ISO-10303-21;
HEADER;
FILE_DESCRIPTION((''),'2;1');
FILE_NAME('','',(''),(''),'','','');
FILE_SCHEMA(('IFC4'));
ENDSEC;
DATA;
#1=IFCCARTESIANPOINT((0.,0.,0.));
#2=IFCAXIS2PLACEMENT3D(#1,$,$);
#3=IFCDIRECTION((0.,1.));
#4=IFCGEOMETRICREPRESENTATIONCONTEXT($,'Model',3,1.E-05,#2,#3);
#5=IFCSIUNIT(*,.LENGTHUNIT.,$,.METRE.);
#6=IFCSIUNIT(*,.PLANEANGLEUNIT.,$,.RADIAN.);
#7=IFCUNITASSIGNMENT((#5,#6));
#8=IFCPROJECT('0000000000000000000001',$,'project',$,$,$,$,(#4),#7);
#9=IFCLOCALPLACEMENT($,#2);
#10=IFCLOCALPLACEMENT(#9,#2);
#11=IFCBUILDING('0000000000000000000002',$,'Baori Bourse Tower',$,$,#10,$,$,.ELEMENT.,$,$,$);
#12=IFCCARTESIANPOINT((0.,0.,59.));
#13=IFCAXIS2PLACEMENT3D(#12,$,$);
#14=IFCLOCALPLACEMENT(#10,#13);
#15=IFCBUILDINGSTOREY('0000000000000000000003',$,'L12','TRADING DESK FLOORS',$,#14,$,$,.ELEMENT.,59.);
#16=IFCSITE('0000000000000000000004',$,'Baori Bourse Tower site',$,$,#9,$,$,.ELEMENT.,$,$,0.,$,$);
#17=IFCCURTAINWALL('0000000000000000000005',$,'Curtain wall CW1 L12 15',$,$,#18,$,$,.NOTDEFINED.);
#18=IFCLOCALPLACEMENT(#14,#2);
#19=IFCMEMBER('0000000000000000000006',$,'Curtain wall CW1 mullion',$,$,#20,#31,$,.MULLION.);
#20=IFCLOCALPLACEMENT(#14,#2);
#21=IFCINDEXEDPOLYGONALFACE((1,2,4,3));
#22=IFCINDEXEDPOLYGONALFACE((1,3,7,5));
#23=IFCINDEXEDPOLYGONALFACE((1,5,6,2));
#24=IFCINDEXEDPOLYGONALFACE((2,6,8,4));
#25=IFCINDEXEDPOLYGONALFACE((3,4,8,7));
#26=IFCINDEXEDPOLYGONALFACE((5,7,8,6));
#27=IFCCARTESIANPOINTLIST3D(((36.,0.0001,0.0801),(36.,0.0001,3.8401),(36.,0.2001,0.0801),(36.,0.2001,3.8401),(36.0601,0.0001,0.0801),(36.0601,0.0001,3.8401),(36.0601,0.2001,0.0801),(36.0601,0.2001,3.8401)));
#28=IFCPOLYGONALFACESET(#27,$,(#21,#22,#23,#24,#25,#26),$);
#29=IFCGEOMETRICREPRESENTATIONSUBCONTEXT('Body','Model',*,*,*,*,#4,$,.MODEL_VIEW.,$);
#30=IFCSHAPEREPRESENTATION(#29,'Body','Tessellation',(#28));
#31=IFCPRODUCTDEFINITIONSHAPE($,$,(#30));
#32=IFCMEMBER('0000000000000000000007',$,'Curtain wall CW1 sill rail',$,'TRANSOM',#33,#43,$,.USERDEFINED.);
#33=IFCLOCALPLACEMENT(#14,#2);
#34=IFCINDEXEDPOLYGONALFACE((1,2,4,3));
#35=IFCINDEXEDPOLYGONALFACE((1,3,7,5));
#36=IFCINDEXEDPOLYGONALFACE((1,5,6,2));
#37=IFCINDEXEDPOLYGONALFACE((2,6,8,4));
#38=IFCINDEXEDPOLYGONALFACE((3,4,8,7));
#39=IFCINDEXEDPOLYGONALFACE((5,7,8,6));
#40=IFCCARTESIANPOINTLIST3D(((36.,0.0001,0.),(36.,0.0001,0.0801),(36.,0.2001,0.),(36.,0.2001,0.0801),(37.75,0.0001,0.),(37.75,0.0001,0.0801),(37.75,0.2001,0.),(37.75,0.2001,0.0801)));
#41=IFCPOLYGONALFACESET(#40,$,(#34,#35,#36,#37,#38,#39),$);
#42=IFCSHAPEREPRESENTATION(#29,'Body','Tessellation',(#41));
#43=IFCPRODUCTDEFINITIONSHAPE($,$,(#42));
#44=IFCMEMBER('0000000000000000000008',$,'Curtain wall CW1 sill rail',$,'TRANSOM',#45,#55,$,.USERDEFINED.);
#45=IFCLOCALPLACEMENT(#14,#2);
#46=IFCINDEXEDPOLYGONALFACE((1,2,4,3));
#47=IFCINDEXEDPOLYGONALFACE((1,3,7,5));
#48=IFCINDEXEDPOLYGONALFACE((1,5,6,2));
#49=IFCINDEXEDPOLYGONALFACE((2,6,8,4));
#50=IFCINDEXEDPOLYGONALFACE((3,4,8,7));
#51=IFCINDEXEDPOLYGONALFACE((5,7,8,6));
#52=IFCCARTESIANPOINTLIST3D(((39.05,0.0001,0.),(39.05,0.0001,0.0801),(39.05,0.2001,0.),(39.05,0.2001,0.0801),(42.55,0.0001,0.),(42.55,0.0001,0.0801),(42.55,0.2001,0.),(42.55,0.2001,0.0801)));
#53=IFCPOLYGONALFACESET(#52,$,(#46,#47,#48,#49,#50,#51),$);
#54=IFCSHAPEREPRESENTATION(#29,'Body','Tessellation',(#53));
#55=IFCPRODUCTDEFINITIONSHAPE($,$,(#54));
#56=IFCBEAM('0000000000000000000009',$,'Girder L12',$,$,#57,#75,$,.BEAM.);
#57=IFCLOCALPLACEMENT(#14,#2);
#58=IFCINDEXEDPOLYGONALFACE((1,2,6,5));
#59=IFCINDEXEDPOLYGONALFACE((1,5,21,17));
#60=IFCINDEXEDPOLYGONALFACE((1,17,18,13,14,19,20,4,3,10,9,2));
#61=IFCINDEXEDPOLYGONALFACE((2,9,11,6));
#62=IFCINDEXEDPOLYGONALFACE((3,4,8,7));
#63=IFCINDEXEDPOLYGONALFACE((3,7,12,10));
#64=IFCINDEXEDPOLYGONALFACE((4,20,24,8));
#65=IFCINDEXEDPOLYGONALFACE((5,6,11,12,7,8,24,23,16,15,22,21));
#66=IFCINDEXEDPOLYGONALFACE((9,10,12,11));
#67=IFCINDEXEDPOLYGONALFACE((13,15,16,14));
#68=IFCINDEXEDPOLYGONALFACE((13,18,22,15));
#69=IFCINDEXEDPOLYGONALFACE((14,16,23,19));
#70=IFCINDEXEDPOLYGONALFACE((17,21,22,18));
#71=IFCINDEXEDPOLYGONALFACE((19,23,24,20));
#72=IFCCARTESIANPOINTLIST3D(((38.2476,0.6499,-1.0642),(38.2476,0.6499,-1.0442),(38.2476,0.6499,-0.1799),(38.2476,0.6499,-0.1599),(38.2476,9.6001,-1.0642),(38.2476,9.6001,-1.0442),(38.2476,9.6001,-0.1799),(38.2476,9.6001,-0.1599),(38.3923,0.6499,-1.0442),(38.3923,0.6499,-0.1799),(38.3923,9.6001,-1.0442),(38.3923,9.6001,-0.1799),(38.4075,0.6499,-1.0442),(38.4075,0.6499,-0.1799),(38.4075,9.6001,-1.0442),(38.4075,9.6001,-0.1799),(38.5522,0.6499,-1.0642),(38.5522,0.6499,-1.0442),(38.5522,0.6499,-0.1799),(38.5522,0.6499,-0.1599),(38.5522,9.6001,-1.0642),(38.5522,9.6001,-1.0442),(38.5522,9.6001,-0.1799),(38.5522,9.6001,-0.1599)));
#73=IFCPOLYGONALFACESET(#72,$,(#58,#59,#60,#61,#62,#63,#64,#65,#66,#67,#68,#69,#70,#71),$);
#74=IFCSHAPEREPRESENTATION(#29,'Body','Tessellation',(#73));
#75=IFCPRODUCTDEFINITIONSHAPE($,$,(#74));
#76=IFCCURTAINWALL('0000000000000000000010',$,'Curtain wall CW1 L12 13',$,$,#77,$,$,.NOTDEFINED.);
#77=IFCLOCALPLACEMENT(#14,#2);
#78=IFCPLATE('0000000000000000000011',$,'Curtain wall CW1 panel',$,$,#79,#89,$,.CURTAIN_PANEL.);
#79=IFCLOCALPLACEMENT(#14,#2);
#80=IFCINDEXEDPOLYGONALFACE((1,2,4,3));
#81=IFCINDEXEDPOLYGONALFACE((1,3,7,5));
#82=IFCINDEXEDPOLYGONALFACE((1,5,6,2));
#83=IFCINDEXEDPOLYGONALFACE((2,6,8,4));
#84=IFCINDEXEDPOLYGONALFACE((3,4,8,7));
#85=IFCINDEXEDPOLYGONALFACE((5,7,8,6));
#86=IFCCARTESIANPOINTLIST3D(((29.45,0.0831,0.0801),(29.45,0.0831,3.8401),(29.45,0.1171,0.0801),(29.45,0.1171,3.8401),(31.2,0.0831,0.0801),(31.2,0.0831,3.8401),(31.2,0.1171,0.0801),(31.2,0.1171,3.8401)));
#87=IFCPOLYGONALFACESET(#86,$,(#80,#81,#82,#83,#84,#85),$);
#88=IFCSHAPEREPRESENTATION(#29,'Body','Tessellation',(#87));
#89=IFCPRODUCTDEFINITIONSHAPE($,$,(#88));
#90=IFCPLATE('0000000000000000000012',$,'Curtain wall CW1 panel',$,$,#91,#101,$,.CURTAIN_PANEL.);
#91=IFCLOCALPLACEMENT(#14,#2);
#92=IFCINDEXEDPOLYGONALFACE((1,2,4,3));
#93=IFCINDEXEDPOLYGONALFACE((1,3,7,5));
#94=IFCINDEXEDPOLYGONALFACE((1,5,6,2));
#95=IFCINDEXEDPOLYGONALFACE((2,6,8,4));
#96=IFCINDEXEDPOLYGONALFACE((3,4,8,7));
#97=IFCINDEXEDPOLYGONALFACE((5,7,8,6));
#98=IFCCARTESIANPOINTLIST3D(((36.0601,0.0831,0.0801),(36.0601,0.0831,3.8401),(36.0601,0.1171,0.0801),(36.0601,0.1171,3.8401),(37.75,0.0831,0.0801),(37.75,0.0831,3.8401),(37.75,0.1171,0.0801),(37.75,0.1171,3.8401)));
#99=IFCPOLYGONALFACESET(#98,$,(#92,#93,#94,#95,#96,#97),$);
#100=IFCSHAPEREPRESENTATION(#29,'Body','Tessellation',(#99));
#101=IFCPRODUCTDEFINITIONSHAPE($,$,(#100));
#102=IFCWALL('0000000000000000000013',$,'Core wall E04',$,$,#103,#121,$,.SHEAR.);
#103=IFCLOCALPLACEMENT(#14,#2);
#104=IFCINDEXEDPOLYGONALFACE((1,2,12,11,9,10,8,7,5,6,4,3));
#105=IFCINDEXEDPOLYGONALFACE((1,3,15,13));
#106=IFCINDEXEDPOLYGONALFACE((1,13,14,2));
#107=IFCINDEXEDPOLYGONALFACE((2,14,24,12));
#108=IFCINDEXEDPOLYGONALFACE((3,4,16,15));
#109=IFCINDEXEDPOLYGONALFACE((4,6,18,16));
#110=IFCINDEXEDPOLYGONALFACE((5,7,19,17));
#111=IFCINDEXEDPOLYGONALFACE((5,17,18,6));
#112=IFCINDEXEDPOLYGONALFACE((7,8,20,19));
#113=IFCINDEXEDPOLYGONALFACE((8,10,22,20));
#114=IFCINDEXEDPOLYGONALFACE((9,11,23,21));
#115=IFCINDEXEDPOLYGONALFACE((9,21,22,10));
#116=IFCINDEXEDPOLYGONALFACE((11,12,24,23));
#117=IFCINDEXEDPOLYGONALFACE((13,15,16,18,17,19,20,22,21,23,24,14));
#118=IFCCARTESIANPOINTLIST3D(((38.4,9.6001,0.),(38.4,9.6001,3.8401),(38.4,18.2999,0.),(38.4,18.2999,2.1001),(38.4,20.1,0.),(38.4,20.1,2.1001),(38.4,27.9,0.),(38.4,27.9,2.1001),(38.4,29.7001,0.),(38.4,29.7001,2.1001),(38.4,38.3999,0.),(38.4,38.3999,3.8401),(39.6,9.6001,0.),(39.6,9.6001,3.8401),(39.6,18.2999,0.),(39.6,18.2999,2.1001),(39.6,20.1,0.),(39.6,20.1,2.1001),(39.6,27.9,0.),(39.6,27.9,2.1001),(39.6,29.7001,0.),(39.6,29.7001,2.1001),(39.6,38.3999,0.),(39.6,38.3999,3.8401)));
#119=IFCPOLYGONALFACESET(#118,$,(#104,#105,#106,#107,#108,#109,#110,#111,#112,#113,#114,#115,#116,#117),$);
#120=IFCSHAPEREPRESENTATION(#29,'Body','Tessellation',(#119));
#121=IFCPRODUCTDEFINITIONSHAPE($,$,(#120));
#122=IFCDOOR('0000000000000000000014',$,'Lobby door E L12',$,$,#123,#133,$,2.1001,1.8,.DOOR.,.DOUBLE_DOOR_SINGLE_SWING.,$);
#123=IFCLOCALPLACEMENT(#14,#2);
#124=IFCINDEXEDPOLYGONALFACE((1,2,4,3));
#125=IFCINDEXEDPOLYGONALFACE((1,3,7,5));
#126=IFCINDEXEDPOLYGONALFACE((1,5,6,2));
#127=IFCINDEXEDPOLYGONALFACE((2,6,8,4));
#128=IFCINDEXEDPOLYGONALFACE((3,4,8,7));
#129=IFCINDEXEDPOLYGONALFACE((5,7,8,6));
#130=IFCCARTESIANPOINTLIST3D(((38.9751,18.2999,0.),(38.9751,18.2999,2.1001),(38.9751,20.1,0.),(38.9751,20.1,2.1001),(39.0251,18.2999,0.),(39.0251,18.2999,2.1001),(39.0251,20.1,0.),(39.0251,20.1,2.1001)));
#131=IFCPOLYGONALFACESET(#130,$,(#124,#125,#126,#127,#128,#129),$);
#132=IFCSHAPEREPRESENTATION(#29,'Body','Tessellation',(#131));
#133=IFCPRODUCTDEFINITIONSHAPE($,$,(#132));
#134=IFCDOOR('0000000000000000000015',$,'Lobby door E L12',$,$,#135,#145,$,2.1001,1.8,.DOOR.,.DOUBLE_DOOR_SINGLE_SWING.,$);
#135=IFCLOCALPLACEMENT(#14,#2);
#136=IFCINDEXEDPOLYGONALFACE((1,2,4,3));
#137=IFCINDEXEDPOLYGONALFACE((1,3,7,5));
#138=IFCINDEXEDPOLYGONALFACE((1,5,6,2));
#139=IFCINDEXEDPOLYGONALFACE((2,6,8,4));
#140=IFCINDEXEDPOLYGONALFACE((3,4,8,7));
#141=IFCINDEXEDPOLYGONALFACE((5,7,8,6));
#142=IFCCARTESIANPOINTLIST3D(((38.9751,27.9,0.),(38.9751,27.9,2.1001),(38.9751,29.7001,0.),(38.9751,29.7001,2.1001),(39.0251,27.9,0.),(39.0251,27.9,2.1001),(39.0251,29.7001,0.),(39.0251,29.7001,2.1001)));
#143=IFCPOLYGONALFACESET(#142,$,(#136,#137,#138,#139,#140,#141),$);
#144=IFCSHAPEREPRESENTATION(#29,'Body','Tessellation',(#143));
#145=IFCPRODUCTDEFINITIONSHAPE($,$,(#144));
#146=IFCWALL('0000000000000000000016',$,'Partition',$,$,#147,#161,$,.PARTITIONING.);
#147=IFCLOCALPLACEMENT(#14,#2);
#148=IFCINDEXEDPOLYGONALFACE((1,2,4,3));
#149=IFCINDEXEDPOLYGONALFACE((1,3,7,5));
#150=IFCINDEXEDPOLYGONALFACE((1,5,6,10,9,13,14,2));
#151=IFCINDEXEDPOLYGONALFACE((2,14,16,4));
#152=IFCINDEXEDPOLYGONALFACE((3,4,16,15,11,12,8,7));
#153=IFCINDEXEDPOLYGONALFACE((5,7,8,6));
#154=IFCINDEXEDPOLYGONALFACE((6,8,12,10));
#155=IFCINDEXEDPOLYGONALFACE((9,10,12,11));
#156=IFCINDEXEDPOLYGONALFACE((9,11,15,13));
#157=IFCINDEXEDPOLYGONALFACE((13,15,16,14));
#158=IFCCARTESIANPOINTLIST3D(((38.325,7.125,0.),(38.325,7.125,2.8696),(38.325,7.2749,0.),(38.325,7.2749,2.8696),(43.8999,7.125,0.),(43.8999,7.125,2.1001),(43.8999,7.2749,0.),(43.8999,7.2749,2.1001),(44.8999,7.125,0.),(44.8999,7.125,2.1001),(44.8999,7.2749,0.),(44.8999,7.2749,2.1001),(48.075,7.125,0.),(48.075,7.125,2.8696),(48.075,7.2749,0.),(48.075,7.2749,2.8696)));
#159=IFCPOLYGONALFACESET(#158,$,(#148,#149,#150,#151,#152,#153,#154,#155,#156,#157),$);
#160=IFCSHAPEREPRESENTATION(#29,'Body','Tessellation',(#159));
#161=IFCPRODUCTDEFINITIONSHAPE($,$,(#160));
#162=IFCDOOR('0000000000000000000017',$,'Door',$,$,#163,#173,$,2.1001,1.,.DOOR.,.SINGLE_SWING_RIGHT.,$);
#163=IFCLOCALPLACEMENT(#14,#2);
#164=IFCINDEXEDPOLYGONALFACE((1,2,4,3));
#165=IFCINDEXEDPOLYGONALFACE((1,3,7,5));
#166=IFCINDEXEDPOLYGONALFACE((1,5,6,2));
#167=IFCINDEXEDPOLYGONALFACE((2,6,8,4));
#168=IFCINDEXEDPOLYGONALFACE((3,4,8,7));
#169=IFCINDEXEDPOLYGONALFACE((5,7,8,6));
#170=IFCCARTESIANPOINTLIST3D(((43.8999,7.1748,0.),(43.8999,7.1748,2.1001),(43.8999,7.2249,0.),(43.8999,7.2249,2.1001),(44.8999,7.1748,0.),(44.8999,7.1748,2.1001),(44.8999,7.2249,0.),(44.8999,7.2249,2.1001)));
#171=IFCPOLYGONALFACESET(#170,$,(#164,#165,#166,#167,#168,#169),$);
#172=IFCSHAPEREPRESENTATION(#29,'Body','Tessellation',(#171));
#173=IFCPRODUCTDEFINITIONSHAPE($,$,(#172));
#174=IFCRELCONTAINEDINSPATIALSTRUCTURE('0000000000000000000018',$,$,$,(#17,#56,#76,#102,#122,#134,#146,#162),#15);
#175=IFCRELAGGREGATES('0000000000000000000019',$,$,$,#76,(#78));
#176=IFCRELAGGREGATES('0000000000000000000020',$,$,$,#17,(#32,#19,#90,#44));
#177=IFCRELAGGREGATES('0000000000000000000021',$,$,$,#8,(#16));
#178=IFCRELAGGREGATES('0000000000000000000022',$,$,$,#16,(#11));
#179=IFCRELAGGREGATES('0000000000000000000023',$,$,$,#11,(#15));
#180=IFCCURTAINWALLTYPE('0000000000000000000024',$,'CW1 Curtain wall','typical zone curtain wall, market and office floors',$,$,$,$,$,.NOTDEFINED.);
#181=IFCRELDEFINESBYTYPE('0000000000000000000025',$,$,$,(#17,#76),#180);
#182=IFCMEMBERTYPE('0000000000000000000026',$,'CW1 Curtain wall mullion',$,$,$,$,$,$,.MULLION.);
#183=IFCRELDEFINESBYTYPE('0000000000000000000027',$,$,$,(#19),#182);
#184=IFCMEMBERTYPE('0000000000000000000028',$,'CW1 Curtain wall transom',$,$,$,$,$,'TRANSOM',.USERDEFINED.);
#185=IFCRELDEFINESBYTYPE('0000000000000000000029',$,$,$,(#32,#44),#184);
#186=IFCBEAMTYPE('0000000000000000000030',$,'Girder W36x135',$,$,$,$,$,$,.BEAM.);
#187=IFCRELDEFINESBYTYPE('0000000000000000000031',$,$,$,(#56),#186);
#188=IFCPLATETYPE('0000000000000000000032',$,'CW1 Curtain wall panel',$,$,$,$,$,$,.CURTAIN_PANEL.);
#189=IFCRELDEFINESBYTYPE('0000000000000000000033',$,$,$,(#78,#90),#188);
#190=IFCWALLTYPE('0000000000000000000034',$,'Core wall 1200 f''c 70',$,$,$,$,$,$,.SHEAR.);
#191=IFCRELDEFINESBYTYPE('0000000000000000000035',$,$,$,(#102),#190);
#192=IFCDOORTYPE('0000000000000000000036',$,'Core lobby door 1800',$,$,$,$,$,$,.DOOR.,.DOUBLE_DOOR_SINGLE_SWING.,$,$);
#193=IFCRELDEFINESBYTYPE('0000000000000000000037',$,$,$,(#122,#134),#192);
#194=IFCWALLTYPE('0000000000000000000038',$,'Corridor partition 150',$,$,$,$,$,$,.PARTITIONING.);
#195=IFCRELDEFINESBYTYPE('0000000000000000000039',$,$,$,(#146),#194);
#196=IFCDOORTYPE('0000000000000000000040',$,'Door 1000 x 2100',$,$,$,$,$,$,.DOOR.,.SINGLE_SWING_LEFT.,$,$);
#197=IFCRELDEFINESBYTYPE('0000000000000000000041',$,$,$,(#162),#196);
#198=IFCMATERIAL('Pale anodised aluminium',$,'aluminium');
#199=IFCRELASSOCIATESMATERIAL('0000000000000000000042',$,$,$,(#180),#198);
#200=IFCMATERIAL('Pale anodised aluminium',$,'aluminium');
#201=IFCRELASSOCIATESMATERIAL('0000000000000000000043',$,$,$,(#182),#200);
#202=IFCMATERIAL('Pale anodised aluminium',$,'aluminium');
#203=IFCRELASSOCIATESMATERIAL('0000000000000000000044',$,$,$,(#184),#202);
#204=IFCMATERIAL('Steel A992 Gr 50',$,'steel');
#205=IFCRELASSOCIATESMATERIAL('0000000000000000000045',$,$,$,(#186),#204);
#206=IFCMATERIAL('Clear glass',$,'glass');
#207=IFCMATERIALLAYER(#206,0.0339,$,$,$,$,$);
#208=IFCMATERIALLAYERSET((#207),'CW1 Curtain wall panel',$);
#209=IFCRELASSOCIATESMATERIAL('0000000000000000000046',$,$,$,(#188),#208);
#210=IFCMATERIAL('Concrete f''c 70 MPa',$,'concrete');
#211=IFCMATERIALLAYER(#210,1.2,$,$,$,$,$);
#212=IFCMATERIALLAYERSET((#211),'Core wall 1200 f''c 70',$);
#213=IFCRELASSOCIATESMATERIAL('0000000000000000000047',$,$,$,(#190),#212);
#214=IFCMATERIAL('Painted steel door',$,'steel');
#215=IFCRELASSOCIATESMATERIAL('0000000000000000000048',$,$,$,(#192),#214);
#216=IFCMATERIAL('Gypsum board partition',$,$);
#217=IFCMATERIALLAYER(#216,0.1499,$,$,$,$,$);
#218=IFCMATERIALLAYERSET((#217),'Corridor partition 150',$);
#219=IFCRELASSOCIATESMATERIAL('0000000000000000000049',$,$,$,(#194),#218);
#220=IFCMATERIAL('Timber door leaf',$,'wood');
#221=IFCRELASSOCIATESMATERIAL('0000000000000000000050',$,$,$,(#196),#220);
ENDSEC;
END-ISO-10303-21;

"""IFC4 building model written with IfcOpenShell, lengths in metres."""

from ifc_helpers import new_model, si_unit, direction, frame, frame_2d, origin, origin_2d, place, context, subcontext, project, spatial, rectangle, i_section, extrude, material, layer, layer_set, material_profile, profile_set, type_object, element, fill, aggregate, save


model = new_model("IFC4")

# Units and contexts
model_context = context("Model", 3, precision=1e-05, world=origin(), true_north=direction((0.0, 1.0)))
body_context = subcontext(model_context, "Body", "Model", "MODEL_VIEW")
ifc_project = project(units=[si_unit("LENGTHUNIT", "METRE"), si_unit("PLANEANGLEUNIT", "RADIAN")], contexts=[model_context])

# Site, building, storey
site_placement = place(None, origin())
site = spatial("IfcSite", under=ifc_project, at=site_placement, Name="Baori Bourse Tower site", CompositionType="ELEMENT", RefElevation=0.0)
building_placement = place(site_placement, origin())
building = spatial("IfcBuilding", under=site, at=building_placement, Name="Baori Bourse Tower", CompositionType="ELEMENT")
storey_placement = place(building_placement, frame((0.0, 0.0, 59.0)))
storey = spatial("IfcBuildingStorey", under=building, at=storey_placement, Name="L12", Description="TRADING DESK FLOORS", CompositionType="ELEMENT", Elevation=59.0)

# Curtain wall, members
ifc_material_1 = material(Name="Pale anodised aluminium", Category="aluminium")
curtain_wall_type = type_object("IfcCurtainWallType", Name="CW1 Curtain wall", Description="typical zone curtain wall, market and office floors", PredefinedType="NOTDEFINED", material=ifc_material_1)
curtain_wall_1_placement = place(storey_placement, origin())
curtain_wall_1 = element("IfcCurtainWall", 1, at=curtain_wall_1_placement, inside=storey, type_object=curtain_wall_type, Name="Curtain wall CW1 L12 15", PredefinedType="NOTDEFINED")
ifc_material_2 = material(Name="Pale anodised aluminium", Category="aluminium")
ifc_material_profile_1 = material_profile(ifc_material_2, rectangle(XDim=0.2, YDim=0.0601, at=origin_2d()), Name="Mullion 60x200")
ifc_profile_set_1 = profile_set([ifc_material_profile_1], Name="Pale anodised aluminium")
member_type_1 = type_object("IfcMemberType", Name="CW1 Curtain wall mullion", PredefinedType="MULLION", material=ifc_profile_set_1)
member_1_placement = place(storey_placement, frame((36.03, 0.1001, 0.0801), z_axis=(0.0, 0.0, 1.0), x_axis=(0.0, 1.0, 0.0)))
member_1 = element("IfcMember", 2, at=member_1_placement, type_object=member_type_1, Name="Curtain wall CW1 mullion", PredefinedType="MULLION", context=body_context, shape_type="SweptSolid", body=[
    extrude(rectangle(XDim=0.2, YDim=0.0601, at=origin_2d()), origin(), (0.0, 0.0, 1.0), 3.76),
])
ifc_material_3 = material(Name="Pale anodised aluminium", Category="aluminium")
ifc_material_profile_2 = material_profile(ifc_material_3, rectangle(XDim=0.2, YDim=0.0801, at=origin_2d()), Name="Transom 80x200")
ifc_profile_set_2 = profile_set([ifc_material_profile_2], Name="Pale anodised aluminium")
member_type_2 = type_object("IfcMemberType", Name="CW1 Curtain wall transom", ElementType="TRANSOM", PredefinedType="USERDEFINED", material=ifc_profile_set_2)
member_2_placement = place(storey_placement, frame((36.0, 0.1001, 0.04), z_axis=(1.0, 0.0, 0.0), x_axis=(0.0, 1.0, 0.0)))
member_2 = element("IfcMember", 3, at=member_2_placement, type_object=member_type_2, Name="Curtain wall CW1 sill rail", ObjectType="TRANSOM", PredefinedType="USERDEFINED", context=body_context, shape_type="SweptSolid", body=[
    extrude(rectangle(XDim=0.2, YDim=0.0801, at=origin_2d()), origin(), (0.0, 0.0, 1.0), 1.75),
])
member_3_placement = place(storey_placement, frame((39.05, 0.1001, 0.04), z_axis=(1.0, 0.0, 0.0), x_axis=(0.0, 1.0, 0.0)))
member_3 = element("IfcMember", 4, at=member_3_placement, type_object=member_type_2, Name="Curtain wall CW1 sill rail", ObjectType="TRANSOM", PredefinedType="USERDEFINED", context=body_context, shape_type="SweptSolid", body=[
    extrude(rectangle(XDim=0.2, YDim=0.0801, at=origin_2d()), origin(), (0.0, 0.0, 1.0), 3.5),
])

# Beam
ifc_material_4 = material(Name="Steel A992 Gr 50", Category="steel")
ifc_material_profile_3 = material_profile(ifc_material_4, i_section(OverallWidth=0.3047, OverallDepth=0.9043, WebThickness=0.0151, FlangeThickness=0.02, at=origin_2d()), Name="W36x135")
ifc_profile_set_3 = profile_set([ifc_material_profile_3], Name="Steel A992 Gr 50")
beam_type = type_object("IfcBeamType", Name="Girder W36x135", PredefinedType="BEAM", material=ifc_profile_set_3)
beam_placement = place(storey_placement, frame((38.3999, 0.6499, -0.6121), z_axis=(0.0, 1.0, 0.0), x_axis=(-1.0, 0.0, 0.0)))
element("IfcBeam", 5, at=beam_placement, inside=storey, type_object=beam_type, Name="Girder L12", PredefinedType="BEAM", context=body_context, shape_type="SweptSolid", body=[
    extrude(i_section(OverallWidth=0.3047, OverallDepth=0.9043, WebThickness=0.0151, FlangeThickness=0.02, at=origin_2d()), origin(), (0.0, 0.0, 1.0), 8.9502),
])

# Curtain wall, plate
curtain_wall_2_placement = place(storey_placement, origin())
curtain_wall_2 = element("IfcCurtainWall", 6, at=curtain_wall_2_placement, inside=storey, type_object=curtain_wall_type, Name="Curtain wall CW1 L12 13", PredefinedType="NOTDEFINED")
ifc_material_5 = material(Name="Clear glass", Category="glass")
ifc_layer_1 = layer(ifc_material_5, 0.0339)
ifc_layer_set_1 = layer_set([ifc_layer_1], Name="CW1 Curtain wall panel")
plate_type = type_object("IfcPlateType", Name="CW1 Curtain wall panel", PredefinedType="CURTAIN_PANEL", material=ifc_layer_set_1)
plate_1_placement = place(storey_placement, frame((30.325, 0.1001, 0.0801), z_axis=(0.0, 0.0, 1.0), x_axis=(1.0, 0.0, 0.0)))
plate_1 = element("IfcPlate", 7, at=plate_1_placement, type_object=plate_type, Name="Curtain wall CW1 panel", PredefinedType="CURTAIN_PANEL", context=body_context, shape_type="SweptSolid", body=[
    extrude(rectangle(XDim=1.75, YDim=0.0339, at=origin_2d()), origin(), (0.0, 0.0, 1.0), 3.76),
])
aggregate(curtain_wall_2, [plate_1])

# Plate
plate_2_placement = place(storey_placement, frame((36.905, 0.1001, 0.0801), z_axis=(0.0, 0.0, 1.0), x_axis=(1.0, 0.0, 0.0)))
plate_2 = element("IfcPlate", 8, at=plate_2_placement, type_object=plate_type, Name="Curtain wall CW1 panel", PredefinedType="CURTAIN_PANEL", context=body_context, shape_type="SweptSolid", body=[
    extrude(rectangle(XDim=1.6899, YDim=0.0339, at=origin_2d()), origin(), (0.0, 0.0, 1.0), 3.76),
])
aggregate(curtain_wall_1, [member_2, member_1, plate_2, member_3])

# Wall, openings, doors
ifc_material_6 = material(Name="Concrete f'c 70 MPa", Category="concrete")
ifc_layer_2 = layer(ifc_material_6, 1.2)
ifc_layer_set_2 = layer_set([ifc_layer_2], Name="Core wall 1200 f'c 70")
wall_type_1 = type_object("IfcWallType", Name="Core wall 1200 f'c 70", PredefinedType="SHEAR", material=ifc_layer_set_2)
wall_1_placement = place(storey_placement, frame((39.0, 9.6001, 0.0), z_axis=(0.0, 0.0, 1.0), x_axis=(0.0, 1.0, 0.0)))
wall_1 = element("IfcWall", 9, at=wall_1_placement, inside=storey, type_object=wall_type_1, Name="Core wall E04", PredefinedType="SHEAR", context=body_context, shape_type="SweptSolid", body=[
    extrude(rectangle(XDim=28.7998, YDim=1.2, at=frame_2d((14.3999, 0.0))), origin(), (0.0, 0.0, 1.0), 3.8401),
])
opening_1_placement = place(wall_1_placement, frame((8.7, 0.0, 0.0)))
opening_1 = element("IfcOpeningElement", 10, at=opening_1_placement, cuts=wall_1, PredefinedType="OPENING", context=body_context, shape_type="SweptSolid", body=[
    extrude(rectangle(XDim=1.8, YDim=2.1001, at=frame_2d((0.8999, 1.05))), frame((0.0, 0.6099, 0.0), z_axis=(0.0, -1.0, 0.0), x_axis=(1.0, 0.0, 0.0)), (0.0, 0.0, 1.0), 1.22),
])
opening_2_placement = place(wall_1_placement, frame((18.3, 0.0, 0.0)))
opening_2 = element("IfcOpeningElement", 11, at=opening_2_placement, cuts=wall_1, PredefinedType="OPENING", context=body_context, shape_type="SweptSolid", body=[
    extrude(rectangle(XDim=1.8, YDim=2.1001, at=frame_2d((0.8999, 1.05))), frame((0.0, 0.6099, 0.0), z_axis=(0.0, -1.0, 0.0), x_axis=(1.0, 0.0, 0.0)), (0.0, 0.0, 1.0), 1.22),
])
ifc_material_7 = material(Name="Painted steel door", Category="steel")
door_type_1 = type_object("IfcDoorType", Name="Core lobby door 1800", OperationType="DOUBLE_DOOR_SINGLE_SWING", PredefinedType="DOOR", material=ifc_material_7)
door_1_placement = place(opening_1_placement, origin())
door_1 = element("IfcDoor", 12, at=door_1_placement, inside=storey, type_object=door_type_1, Name="Lobby door E L12", OperationType="DOUBLE_DOOR_SINGLE_SWING", OverallHeight=2.1001, OverallWidth=1.8, PredefinedType="DOOR", context=body_context, shape_type="SweptSolid", body=[
    extrude(rectangle(XDim=1.8, YDim=2.1001, at=frame_2d((0.8999, 1.05))), frame((0.0, 0.0249, 0.0), z_axis=(0.0, -1.0, 0.0), x_axis=(1.0, 0.0, 0.0)), (0.0, 0.0, 1.0), 0.05),
])
fill(opening_1, door_1)
door_2_placement = place(opening_2_placement, origin())
door_2 = element("IfcDoor", 13, at=door_2_placement, inside=storey, type_object=door_type_1, Name="Lobby door E L12", OperationType="DOUBLE_DOOR_SINGLE_SWING", OverallHeight=2.1001, OverallWidth=1.8, PredefinedType="DOOR", context=body_context, shape_type="SweptSolid", body=[
    extrude(rectangle(XDim=1.8, YDim=2.1001, at=frame_2d((0.8999, 1.05))), frame((0.0, 0.0249, 0.0), z_axis=(0.0, -1.0, 0.0), x_axis=(1.0, 0.0, 0.0)), (0.0, 0.0, 1.0), 0.05),
])
fill(opening_2, door_2)

# Wall, opening, door
ifc_material_8 = material(Name="Gypsum board partition")
ifc_layer_3 = layer(ifc_material_8, 0.1499)
ifc_layer_set_3 = layer_set([ifc_layer_3], Name="Corridor partition 150")
wall_type_2 = type_object("IfcWallType", Name="Corridor partition 150", PredefinedType="PARTITIONING", material=ifc_layer_set_3)
wall_2_placement = place(storey_placement, frame((38.325, 7.2, 0.0), z_axis=(0.0, 0.0, 1.0), x_axis=(1.0, 0.0, 0.0)))
wall_2 = element("IfcWall", 14, at=wall_2_placement, inside=storey, type_object=wall_type_2, Name="Partition", PredefinedType="PARTITIONING", context=body_context, shape_type="SweptSolid", body=[
    extrude(rectangle(XDim=9.75, YDim=0.1499, at=frame_2d((4.875, 0.0))), origin(), (0.0, 0.0, 1.0), 2.8696),
])
opening_3_placement = place(wall_2_placement, frame((5.575, 0.0, 0.0)))
opening_3 = element("IfcOpeningElement", 15, at=opening_3_placement, cuts=wall_2, PredefinedType="OPENING", context=body_context, shape_type="SweptSolid", body=[
    extrude(rectangle(XDim=1.0, YDim=2.1001, at=frame_2d((0.5, 1.05))), frame((0.0, 0.085, 0.0), z_axis=(0.0, -1.0, 0.0), x_axis=(1.0, 0.0, 0.0)), (0.0, 0.0, 1.0), 0.1699),
])
ifc_material_9 = material(Name="Timber door leaf", Category="wood")
door_type_2 = type_object("IfcDoorType", Name="Door 1000 x 2100", OperationType="SINGLE_SWING_LEFT", PredefinedType="DOOR", material=ifc_material_9)
door_3_placement = place(opening_3_placement, origin())
door_3 = element("IfcDoor", 16, at=door_3_placement, inside=storey, type_object=door_type_2, Name="Door", OperationType="SINGLE_SWING_RIGHT", OverallHeight=2.1001, OverallWidth=1.0, PredefinedType="DOOR", context=body_context, shape_type="SweptSolid", body=[
    extrude(rectangle(XDim=1.0, YDim=2.1001, at=frame_2d((0.5, 1.05))), frame((0.0, 0.0249, 0.0), z_axis=(0.0, -1.0, 0.0), x_axis=(1.0, 0.0, 0.0)), (0.0, 0.0, 1.0), 0.05),
])
fill(opening_3, door_3)

save(model, "model.ifc")
